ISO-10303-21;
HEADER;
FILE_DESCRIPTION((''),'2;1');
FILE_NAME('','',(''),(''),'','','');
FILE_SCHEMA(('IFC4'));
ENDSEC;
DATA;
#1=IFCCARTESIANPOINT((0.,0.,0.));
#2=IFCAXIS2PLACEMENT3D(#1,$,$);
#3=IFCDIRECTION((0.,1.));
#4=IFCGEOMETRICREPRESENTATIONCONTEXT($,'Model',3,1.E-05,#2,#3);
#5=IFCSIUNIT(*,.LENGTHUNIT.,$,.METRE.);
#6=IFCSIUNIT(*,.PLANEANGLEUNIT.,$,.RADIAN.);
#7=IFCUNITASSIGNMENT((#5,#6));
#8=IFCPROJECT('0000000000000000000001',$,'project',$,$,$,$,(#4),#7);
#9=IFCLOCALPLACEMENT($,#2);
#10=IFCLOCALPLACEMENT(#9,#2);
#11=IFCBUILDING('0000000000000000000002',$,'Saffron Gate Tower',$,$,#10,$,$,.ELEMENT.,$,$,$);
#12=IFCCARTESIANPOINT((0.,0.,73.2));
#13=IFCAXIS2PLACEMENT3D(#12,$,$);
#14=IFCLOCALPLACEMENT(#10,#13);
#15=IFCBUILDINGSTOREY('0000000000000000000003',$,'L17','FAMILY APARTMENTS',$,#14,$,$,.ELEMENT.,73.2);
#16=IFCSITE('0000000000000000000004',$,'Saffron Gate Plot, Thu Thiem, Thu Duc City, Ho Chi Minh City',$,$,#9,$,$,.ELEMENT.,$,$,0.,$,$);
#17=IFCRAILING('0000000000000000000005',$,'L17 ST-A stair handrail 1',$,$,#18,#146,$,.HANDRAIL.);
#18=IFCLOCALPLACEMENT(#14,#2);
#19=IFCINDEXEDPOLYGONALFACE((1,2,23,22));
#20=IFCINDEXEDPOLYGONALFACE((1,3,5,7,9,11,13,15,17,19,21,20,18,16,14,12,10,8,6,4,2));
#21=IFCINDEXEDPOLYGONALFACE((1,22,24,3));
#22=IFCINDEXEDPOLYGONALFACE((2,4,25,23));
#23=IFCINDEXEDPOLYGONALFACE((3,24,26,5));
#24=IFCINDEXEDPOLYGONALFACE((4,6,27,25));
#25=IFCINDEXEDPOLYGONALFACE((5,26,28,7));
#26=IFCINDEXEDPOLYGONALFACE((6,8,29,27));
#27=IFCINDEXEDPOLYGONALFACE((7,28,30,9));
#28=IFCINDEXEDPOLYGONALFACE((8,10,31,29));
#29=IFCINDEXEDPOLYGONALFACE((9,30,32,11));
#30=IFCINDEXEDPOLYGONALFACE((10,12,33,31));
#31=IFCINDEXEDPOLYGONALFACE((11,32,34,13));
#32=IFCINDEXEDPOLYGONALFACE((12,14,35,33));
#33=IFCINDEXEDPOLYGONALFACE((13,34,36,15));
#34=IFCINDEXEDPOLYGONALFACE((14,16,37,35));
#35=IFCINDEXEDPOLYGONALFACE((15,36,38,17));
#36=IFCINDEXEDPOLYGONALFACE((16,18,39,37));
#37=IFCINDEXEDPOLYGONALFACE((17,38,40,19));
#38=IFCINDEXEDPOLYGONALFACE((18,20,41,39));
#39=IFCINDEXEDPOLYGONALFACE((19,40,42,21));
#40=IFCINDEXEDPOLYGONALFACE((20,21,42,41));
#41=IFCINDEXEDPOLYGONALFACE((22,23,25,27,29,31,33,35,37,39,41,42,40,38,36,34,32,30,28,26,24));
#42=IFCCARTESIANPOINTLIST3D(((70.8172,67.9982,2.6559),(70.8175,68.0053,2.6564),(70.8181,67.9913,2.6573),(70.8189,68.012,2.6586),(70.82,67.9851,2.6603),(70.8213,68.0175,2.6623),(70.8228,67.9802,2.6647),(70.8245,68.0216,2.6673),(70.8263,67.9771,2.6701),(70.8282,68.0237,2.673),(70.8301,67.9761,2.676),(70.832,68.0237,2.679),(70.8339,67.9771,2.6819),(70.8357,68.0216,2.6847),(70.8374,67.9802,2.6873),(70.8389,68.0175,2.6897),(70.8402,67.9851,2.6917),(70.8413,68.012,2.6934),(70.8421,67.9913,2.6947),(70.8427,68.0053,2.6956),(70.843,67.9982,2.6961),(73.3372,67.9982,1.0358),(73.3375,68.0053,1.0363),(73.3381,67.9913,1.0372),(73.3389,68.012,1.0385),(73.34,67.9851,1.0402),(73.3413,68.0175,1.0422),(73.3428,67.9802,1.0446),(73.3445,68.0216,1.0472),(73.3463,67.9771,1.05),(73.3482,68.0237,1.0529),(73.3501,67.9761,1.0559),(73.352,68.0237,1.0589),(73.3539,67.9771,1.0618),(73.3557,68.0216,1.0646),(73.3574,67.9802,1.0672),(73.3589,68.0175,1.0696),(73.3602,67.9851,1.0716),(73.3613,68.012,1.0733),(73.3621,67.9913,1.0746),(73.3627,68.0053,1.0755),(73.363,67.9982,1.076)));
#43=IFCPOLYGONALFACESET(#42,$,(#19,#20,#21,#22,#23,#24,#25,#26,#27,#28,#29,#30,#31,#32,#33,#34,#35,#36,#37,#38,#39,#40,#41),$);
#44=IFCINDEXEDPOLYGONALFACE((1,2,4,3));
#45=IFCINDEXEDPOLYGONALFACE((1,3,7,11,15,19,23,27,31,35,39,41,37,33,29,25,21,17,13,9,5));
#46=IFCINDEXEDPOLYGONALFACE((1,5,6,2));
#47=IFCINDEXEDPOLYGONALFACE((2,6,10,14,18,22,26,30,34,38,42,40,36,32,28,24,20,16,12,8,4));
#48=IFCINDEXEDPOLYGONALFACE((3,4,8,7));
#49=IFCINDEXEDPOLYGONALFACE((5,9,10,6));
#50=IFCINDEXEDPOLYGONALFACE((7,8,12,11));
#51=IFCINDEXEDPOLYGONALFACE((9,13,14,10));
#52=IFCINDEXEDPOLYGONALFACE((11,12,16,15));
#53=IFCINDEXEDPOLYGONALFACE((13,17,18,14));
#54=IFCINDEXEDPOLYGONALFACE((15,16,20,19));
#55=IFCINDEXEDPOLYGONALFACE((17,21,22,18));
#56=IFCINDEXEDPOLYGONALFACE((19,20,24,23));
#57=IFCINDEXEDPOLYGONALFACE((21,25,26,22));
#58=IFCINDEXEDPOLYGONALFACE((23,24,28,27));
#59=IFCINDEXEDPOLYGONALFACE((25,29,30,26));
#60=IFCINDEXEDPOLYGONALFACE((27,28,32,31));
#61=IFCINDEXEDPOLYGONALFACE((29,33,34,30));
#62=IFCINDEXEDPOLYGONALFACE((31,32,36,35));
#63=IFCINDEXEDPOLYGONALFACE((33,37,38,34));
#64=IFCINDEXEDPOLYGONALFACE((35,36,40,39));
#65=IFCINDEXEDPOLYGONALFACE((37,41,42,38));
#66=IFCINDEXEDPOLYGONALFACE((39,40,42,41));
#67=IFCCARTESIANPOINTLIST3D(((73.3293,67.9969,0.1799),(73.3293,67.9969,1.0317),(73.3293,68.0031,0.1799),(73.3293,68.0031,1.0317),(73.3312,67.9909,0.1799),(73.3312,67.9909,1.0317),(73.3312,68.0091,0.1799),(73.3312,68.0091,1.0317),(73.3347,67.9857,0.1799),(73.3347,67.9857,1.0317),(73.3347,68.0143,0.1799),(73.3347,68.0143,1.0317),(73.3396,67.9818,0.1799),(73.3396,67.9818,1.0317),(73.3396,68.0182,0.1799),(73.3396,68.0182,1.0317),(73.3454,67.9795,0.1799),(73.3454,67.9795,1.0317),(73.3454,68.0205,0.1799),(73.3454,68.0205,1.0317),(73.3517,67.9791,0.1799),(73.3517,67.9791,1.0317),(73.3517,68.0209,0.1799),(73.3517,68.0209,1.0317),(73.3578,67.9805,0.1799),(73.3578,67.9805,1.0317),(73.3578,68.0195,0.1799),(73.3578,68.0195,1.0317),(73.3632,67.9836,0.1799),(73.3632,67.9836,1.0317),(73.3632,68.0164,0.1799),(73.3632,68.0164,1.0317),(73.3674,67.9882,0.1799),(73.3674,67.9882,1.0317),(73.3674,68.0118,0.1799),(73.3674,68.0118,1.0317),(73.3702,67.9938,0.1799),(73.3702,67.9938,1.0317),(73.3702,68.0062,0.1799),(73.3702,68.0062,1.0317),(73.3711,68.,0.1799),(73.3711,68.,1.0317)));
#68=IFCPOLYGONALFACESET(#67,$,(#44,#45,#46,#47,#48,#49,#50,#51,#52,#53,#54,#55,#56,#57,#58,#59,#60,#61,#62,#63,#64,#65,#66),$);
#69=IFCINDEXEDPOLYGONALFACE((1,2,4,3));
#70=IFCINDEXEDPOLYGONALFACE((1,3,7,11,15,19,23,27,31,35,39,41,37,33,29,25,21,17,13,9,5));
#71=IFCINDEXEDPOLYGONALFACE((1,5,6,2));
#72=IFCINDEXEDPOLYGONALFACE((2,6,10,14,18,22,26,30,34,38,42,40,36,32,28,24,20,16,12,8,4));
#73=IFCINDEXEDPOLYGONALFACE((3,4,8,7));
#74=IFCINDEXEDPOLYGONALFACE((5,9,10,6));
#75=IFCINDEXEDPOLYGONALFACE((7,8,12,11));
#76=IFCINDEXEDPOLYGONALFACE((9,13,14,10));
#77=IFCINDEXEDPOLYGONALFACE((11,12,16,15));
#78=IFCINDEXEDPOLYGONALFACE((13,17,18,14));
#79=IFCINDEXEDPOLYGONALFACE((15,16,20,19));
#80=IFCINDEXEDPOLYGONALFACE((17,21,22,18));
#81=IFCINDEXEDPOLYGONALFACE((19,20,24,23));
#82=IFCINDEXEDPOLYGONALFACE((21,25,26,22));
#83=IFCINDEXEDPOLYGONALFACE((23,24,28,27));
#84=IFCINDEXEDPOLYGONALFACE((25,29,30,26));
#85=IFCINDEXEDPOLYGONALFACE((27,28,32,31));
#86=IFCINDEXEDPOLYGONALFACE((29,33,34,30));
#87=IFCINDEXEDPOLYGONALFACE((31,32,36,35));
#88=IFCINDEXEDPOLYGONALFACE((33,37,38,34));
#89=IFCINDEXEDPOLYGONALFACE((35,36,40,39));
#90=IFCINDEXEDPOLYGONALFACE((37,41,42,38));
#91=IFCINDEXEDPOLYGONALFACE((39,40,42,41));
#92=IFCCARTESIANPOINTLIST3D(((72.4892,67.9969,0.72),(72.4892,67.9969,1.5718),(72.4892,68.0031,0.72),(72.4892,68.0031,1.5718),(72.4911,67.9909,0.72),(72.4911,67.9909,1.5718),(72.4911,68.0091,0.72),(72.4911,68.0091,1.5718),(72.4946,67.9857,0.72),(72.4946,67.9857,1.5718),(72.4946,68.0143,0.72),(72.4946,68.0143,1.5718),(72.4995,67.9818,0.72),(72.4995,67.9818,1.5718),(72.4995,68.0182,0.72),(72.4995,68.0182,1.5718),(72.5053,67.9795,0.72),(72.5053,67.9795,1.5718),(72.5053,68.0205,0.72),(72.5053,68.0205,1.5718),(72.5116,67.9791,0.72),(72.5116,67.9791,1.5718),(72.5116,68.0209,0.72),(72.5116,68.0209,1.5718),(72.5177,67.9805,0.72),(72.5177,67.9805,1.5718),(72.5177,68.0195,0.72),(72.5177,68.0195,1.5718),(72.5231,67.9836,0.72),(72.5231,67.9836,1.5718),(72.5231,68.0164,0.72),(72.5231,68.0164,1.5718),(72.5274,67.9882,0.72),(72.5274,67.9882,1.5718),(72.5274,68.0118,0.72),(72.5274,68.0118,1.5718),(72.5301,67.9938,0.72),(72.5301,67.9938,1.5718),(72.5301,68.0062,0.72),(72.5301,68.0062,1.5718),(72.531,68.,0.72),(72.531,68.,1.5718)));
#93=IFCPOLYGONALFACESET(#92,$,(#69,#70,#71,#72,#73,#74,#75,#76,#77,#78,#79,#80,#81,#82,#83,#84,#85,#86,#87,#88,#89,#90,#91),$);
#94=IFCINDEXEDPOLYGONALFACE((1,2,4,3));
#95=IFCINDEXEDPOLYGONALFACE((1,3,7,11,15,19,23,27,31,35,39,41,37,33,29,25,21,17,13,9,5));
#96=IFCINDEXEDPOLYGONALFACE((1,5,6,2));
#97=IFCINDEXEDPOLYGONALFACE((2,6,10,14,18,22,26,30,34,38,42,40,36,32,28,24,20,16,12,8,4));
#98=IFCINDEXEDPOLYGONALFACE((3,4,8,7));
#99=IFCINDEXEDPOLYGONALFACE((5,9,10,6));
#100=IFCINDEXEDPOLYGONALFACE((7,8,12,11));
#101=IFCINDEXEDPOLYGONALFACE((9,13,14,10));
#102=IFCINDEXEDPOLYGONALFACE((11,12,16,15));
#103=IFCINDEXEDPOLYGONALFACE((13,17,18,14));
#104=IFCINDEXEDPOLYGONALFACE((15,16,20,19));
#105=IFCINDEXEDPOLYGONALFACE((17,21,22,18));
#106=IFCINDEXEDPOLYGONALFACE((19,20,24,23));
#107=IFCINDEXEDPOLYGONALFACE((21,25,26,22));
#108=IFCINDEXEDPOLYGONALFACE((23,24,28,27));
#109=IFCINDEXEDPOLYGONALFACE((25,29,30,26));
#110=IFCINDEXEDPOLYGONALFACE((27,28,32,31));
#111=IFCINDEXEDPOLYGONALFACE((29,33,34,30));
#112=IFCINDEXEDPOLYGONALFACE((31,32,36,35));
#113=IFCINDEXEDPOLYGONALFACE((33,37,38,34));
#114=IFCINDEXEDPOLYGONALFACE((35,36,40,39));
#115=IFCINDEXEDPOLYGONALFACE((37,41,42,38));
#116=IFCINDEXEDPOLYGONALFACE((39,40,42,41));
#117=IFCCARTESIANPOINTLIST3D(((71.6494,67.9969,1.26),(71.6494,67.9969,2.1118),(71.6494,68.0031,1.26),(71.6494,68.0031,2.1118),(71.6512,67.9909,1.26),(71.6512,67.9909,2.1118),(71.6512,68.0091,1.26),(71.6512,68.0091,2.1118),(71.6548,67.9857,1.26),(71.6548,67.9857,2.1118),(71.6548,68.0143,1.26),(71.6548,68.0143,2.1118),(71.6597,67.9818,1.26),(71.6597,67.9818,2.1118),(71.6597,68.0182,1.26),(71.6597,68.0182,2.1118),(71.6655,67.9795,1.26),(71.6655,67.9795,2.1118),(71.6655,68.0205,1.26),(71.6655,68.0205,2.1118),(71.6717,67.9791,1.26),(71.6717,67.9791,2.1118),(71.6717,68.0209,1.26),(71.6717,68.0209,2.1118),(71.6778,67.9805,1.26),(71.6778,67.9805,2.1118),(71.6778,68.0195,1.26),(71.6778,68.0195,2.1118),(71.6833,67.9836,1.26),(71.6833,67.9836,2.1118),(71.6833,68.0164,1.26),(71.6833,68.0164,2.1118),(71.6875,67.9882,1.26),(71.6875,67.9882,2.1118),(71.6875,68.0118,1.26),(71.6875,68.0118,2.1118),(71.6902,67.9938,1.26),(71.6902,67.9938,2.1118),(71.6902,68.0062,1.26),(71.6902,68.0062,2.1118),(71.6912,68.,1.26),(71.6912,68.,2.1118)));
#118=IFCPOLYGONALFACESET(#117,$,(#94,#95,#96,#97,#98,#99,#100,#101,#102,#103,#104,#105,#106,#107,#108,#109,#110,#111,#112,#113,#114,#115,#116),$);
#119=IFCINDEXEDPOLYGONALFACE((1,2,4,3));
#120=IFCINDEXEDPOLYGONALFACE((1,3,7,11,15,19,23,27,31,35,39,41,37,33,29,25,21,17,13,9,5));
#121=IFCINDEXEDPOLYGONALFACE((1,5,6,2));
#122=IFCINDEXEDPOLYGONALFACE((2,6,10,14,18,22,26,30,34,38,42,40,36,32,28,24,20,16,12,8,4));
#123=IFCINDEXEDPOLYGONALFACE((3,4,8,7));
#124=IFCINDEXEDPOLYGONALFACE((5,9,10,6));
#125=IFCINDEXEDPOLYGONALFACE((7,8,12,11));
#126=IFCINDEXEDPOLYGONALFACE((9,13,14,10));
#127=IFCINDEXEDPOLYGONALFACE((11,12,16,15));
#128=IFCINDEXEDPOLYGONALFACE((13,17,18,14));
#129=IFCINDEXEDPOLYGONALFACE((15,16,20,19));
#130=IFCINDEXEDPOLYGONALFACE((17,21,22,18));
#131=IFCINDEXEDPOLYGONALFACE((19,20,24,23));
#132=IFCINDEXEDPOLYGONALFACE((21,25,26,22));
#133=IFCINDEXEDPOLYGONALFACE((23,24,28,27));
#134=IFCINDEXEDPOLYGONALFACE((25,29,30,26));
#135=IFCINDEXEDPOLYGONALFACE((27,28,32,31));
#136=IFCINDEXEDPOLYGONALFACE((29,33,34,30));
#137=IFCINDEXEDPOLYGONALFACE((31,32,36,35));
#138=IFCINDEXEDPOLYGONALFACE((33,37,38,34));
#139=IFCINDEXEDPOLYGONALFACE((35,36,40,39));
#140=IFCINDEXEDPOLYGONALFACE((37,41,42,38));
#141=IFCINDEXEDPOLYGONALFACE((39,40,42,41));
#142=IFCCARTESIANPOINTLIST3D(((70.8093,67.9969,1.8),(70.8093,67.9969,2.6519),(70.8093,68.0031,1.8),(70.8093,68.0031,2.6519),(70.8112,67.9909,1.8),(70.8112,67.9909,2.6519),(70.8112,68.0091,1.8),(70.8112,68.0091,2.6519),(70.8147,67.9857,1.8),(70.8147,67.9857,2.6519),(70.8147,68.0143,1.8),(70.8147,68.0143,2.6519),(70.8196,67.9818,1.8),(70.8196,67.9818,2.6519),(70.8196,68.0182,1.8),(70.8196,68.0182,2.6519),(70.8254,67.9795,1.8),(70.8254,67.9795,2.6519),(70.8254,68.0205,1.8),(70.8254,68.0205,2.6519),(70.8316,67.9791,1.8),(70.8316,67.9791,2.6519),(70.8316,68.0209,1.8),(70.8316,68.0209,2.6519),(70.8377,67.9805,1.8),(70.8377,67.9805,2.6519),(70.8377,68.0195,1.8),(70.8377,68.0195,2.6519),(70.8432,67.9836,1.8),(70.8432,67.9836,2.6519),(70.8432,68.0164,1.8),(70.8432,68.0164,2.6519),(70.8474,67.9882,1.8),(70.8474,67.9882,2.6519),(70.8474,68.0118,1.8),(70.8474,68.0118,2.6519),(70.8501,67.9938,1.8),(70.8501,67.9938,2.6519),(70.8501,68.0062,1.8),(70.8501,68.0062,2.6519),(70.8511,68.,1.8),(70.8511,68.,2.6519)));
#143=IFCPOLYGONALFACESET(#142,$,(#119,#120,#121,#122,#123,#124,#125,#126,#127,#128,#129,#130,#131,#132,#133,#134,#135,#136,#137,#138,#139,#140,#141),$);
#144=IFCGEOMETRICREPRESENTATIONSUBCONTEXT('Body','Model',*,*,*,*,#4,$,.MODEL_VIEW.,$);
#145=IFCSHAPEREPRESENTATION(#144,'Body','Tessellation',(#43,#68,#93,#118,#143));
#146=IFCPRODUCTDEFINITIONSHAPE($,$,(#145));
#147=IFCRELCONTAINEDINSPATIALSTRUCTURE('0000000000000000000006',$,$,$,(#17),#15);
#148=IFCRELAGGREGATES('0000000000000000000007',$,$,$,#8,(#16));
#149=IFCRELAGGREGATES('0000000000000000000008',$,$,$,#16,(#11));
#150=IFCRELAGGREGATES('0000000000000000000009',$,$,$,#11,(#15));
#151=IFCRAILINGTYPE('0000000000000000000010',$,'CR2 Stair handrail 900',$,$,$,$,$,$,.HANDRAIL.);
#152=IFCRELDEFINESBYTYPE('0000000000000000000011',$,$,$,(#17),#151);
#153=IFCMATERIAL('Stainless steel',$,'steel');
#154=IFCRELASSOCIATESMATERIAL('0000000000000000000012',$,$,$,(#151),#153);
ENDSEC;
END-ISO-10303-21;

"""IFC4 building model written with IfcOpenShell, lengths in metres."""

from ifc_helpers import new_model, si_unit, direction, frame, origin, origin_2d, place, context, subcontext, project, spatial, circle, extrude, material, type_object, element, save


model = new_model("IFC4")

# Units and contexts
model_context = context("Model", 3, precision=1e-05, world=origin(), true_north=direction((0.0, 1.0)))
body_context = subcontext(model_context, "Body", "Model", "MODEL_VIEW")
ifc_project = project(units=[si_unit("LENGTHUNIT", "METRE"), si_unit("PLANEANGLEUNIT", "RADIAN")], contexts=[model_context])

# Site, building, storey
site_placement = place(None, origin())
site = spatial("IfcSite", under=ifc_project, at=site_placement, Name="Saffron Gate Plot, Thu Thiem, Thu Duc City, Ho Chi Minh City", CompositionType="ELEMENT", RefElevation=0.0)
building_placement = place(site_placement, origin())
building = spatial("IfcBuilding", under=site, at=building_placement, Name="Saffron Gate Tower", CompositionType="ELEMENT")
storey_placement = place(building_placement, frame((0.0, 0.0, 73.2)))
storey = spatial("IfcBuildingStorey", under=building, at=storey_placement, Name="L17", Description="FAMILY APARTMENTS", CompositionType="ELEMENT", Elevation=73.2)

# Railing
ifc_material_1 = material(Name="Stainless steel", Category="steel")
railing_type_1 = type_object("IfcRailingType", Name="CR2 Stair handrail 900", PredefinedType="HANDRAIL", material=ifc_material_1)
railing_1_placement = place(storey_placement, frame((73.3501, 68.0, 0.1799)))
element("IfcRailing", 1, at=railing_1_placement, inside=storey, type_object=railing_type_1, Name="L17 ST-A stair handrail 1", PredefinedType="HANDRAIL", context=body_context, shape_type="SweptSolid", body=[
    extrude(circle(Radius=0.0239, at=origin_2d()), frame((0.0, 0.0, 0.876), z_axis=(-0.841163, 0.0, 0.540782), x_axis=(0.0, -1.0, 0.0)), (0.0, 0.0, 1.0), 2.9958),
    extrude(circle(Radius=0.021, at=origin_2d()), origin(), (0.0, 0.0, 1.0), 0.8518),
    extrude(circle(Radius=0.021, at=origin_2d()), frame((-0.8401, 0.0, 0.54)), (0.0, 0.0, 1.0), 0.8518),
    extrude(circle(Radius=0.021, at=origin_2d()), frame((-1.6799, 0.0, 1.0801)), (0.0, 0.0, 1.0), 0.8518),
    extrude(circle(Radius=0.021, at=origin_2d()), frame((-2.52, 0.0, 1.6201)), (0.0, 0.0, 1.0), 0.8518),
])

save(model, "model.ifc")
